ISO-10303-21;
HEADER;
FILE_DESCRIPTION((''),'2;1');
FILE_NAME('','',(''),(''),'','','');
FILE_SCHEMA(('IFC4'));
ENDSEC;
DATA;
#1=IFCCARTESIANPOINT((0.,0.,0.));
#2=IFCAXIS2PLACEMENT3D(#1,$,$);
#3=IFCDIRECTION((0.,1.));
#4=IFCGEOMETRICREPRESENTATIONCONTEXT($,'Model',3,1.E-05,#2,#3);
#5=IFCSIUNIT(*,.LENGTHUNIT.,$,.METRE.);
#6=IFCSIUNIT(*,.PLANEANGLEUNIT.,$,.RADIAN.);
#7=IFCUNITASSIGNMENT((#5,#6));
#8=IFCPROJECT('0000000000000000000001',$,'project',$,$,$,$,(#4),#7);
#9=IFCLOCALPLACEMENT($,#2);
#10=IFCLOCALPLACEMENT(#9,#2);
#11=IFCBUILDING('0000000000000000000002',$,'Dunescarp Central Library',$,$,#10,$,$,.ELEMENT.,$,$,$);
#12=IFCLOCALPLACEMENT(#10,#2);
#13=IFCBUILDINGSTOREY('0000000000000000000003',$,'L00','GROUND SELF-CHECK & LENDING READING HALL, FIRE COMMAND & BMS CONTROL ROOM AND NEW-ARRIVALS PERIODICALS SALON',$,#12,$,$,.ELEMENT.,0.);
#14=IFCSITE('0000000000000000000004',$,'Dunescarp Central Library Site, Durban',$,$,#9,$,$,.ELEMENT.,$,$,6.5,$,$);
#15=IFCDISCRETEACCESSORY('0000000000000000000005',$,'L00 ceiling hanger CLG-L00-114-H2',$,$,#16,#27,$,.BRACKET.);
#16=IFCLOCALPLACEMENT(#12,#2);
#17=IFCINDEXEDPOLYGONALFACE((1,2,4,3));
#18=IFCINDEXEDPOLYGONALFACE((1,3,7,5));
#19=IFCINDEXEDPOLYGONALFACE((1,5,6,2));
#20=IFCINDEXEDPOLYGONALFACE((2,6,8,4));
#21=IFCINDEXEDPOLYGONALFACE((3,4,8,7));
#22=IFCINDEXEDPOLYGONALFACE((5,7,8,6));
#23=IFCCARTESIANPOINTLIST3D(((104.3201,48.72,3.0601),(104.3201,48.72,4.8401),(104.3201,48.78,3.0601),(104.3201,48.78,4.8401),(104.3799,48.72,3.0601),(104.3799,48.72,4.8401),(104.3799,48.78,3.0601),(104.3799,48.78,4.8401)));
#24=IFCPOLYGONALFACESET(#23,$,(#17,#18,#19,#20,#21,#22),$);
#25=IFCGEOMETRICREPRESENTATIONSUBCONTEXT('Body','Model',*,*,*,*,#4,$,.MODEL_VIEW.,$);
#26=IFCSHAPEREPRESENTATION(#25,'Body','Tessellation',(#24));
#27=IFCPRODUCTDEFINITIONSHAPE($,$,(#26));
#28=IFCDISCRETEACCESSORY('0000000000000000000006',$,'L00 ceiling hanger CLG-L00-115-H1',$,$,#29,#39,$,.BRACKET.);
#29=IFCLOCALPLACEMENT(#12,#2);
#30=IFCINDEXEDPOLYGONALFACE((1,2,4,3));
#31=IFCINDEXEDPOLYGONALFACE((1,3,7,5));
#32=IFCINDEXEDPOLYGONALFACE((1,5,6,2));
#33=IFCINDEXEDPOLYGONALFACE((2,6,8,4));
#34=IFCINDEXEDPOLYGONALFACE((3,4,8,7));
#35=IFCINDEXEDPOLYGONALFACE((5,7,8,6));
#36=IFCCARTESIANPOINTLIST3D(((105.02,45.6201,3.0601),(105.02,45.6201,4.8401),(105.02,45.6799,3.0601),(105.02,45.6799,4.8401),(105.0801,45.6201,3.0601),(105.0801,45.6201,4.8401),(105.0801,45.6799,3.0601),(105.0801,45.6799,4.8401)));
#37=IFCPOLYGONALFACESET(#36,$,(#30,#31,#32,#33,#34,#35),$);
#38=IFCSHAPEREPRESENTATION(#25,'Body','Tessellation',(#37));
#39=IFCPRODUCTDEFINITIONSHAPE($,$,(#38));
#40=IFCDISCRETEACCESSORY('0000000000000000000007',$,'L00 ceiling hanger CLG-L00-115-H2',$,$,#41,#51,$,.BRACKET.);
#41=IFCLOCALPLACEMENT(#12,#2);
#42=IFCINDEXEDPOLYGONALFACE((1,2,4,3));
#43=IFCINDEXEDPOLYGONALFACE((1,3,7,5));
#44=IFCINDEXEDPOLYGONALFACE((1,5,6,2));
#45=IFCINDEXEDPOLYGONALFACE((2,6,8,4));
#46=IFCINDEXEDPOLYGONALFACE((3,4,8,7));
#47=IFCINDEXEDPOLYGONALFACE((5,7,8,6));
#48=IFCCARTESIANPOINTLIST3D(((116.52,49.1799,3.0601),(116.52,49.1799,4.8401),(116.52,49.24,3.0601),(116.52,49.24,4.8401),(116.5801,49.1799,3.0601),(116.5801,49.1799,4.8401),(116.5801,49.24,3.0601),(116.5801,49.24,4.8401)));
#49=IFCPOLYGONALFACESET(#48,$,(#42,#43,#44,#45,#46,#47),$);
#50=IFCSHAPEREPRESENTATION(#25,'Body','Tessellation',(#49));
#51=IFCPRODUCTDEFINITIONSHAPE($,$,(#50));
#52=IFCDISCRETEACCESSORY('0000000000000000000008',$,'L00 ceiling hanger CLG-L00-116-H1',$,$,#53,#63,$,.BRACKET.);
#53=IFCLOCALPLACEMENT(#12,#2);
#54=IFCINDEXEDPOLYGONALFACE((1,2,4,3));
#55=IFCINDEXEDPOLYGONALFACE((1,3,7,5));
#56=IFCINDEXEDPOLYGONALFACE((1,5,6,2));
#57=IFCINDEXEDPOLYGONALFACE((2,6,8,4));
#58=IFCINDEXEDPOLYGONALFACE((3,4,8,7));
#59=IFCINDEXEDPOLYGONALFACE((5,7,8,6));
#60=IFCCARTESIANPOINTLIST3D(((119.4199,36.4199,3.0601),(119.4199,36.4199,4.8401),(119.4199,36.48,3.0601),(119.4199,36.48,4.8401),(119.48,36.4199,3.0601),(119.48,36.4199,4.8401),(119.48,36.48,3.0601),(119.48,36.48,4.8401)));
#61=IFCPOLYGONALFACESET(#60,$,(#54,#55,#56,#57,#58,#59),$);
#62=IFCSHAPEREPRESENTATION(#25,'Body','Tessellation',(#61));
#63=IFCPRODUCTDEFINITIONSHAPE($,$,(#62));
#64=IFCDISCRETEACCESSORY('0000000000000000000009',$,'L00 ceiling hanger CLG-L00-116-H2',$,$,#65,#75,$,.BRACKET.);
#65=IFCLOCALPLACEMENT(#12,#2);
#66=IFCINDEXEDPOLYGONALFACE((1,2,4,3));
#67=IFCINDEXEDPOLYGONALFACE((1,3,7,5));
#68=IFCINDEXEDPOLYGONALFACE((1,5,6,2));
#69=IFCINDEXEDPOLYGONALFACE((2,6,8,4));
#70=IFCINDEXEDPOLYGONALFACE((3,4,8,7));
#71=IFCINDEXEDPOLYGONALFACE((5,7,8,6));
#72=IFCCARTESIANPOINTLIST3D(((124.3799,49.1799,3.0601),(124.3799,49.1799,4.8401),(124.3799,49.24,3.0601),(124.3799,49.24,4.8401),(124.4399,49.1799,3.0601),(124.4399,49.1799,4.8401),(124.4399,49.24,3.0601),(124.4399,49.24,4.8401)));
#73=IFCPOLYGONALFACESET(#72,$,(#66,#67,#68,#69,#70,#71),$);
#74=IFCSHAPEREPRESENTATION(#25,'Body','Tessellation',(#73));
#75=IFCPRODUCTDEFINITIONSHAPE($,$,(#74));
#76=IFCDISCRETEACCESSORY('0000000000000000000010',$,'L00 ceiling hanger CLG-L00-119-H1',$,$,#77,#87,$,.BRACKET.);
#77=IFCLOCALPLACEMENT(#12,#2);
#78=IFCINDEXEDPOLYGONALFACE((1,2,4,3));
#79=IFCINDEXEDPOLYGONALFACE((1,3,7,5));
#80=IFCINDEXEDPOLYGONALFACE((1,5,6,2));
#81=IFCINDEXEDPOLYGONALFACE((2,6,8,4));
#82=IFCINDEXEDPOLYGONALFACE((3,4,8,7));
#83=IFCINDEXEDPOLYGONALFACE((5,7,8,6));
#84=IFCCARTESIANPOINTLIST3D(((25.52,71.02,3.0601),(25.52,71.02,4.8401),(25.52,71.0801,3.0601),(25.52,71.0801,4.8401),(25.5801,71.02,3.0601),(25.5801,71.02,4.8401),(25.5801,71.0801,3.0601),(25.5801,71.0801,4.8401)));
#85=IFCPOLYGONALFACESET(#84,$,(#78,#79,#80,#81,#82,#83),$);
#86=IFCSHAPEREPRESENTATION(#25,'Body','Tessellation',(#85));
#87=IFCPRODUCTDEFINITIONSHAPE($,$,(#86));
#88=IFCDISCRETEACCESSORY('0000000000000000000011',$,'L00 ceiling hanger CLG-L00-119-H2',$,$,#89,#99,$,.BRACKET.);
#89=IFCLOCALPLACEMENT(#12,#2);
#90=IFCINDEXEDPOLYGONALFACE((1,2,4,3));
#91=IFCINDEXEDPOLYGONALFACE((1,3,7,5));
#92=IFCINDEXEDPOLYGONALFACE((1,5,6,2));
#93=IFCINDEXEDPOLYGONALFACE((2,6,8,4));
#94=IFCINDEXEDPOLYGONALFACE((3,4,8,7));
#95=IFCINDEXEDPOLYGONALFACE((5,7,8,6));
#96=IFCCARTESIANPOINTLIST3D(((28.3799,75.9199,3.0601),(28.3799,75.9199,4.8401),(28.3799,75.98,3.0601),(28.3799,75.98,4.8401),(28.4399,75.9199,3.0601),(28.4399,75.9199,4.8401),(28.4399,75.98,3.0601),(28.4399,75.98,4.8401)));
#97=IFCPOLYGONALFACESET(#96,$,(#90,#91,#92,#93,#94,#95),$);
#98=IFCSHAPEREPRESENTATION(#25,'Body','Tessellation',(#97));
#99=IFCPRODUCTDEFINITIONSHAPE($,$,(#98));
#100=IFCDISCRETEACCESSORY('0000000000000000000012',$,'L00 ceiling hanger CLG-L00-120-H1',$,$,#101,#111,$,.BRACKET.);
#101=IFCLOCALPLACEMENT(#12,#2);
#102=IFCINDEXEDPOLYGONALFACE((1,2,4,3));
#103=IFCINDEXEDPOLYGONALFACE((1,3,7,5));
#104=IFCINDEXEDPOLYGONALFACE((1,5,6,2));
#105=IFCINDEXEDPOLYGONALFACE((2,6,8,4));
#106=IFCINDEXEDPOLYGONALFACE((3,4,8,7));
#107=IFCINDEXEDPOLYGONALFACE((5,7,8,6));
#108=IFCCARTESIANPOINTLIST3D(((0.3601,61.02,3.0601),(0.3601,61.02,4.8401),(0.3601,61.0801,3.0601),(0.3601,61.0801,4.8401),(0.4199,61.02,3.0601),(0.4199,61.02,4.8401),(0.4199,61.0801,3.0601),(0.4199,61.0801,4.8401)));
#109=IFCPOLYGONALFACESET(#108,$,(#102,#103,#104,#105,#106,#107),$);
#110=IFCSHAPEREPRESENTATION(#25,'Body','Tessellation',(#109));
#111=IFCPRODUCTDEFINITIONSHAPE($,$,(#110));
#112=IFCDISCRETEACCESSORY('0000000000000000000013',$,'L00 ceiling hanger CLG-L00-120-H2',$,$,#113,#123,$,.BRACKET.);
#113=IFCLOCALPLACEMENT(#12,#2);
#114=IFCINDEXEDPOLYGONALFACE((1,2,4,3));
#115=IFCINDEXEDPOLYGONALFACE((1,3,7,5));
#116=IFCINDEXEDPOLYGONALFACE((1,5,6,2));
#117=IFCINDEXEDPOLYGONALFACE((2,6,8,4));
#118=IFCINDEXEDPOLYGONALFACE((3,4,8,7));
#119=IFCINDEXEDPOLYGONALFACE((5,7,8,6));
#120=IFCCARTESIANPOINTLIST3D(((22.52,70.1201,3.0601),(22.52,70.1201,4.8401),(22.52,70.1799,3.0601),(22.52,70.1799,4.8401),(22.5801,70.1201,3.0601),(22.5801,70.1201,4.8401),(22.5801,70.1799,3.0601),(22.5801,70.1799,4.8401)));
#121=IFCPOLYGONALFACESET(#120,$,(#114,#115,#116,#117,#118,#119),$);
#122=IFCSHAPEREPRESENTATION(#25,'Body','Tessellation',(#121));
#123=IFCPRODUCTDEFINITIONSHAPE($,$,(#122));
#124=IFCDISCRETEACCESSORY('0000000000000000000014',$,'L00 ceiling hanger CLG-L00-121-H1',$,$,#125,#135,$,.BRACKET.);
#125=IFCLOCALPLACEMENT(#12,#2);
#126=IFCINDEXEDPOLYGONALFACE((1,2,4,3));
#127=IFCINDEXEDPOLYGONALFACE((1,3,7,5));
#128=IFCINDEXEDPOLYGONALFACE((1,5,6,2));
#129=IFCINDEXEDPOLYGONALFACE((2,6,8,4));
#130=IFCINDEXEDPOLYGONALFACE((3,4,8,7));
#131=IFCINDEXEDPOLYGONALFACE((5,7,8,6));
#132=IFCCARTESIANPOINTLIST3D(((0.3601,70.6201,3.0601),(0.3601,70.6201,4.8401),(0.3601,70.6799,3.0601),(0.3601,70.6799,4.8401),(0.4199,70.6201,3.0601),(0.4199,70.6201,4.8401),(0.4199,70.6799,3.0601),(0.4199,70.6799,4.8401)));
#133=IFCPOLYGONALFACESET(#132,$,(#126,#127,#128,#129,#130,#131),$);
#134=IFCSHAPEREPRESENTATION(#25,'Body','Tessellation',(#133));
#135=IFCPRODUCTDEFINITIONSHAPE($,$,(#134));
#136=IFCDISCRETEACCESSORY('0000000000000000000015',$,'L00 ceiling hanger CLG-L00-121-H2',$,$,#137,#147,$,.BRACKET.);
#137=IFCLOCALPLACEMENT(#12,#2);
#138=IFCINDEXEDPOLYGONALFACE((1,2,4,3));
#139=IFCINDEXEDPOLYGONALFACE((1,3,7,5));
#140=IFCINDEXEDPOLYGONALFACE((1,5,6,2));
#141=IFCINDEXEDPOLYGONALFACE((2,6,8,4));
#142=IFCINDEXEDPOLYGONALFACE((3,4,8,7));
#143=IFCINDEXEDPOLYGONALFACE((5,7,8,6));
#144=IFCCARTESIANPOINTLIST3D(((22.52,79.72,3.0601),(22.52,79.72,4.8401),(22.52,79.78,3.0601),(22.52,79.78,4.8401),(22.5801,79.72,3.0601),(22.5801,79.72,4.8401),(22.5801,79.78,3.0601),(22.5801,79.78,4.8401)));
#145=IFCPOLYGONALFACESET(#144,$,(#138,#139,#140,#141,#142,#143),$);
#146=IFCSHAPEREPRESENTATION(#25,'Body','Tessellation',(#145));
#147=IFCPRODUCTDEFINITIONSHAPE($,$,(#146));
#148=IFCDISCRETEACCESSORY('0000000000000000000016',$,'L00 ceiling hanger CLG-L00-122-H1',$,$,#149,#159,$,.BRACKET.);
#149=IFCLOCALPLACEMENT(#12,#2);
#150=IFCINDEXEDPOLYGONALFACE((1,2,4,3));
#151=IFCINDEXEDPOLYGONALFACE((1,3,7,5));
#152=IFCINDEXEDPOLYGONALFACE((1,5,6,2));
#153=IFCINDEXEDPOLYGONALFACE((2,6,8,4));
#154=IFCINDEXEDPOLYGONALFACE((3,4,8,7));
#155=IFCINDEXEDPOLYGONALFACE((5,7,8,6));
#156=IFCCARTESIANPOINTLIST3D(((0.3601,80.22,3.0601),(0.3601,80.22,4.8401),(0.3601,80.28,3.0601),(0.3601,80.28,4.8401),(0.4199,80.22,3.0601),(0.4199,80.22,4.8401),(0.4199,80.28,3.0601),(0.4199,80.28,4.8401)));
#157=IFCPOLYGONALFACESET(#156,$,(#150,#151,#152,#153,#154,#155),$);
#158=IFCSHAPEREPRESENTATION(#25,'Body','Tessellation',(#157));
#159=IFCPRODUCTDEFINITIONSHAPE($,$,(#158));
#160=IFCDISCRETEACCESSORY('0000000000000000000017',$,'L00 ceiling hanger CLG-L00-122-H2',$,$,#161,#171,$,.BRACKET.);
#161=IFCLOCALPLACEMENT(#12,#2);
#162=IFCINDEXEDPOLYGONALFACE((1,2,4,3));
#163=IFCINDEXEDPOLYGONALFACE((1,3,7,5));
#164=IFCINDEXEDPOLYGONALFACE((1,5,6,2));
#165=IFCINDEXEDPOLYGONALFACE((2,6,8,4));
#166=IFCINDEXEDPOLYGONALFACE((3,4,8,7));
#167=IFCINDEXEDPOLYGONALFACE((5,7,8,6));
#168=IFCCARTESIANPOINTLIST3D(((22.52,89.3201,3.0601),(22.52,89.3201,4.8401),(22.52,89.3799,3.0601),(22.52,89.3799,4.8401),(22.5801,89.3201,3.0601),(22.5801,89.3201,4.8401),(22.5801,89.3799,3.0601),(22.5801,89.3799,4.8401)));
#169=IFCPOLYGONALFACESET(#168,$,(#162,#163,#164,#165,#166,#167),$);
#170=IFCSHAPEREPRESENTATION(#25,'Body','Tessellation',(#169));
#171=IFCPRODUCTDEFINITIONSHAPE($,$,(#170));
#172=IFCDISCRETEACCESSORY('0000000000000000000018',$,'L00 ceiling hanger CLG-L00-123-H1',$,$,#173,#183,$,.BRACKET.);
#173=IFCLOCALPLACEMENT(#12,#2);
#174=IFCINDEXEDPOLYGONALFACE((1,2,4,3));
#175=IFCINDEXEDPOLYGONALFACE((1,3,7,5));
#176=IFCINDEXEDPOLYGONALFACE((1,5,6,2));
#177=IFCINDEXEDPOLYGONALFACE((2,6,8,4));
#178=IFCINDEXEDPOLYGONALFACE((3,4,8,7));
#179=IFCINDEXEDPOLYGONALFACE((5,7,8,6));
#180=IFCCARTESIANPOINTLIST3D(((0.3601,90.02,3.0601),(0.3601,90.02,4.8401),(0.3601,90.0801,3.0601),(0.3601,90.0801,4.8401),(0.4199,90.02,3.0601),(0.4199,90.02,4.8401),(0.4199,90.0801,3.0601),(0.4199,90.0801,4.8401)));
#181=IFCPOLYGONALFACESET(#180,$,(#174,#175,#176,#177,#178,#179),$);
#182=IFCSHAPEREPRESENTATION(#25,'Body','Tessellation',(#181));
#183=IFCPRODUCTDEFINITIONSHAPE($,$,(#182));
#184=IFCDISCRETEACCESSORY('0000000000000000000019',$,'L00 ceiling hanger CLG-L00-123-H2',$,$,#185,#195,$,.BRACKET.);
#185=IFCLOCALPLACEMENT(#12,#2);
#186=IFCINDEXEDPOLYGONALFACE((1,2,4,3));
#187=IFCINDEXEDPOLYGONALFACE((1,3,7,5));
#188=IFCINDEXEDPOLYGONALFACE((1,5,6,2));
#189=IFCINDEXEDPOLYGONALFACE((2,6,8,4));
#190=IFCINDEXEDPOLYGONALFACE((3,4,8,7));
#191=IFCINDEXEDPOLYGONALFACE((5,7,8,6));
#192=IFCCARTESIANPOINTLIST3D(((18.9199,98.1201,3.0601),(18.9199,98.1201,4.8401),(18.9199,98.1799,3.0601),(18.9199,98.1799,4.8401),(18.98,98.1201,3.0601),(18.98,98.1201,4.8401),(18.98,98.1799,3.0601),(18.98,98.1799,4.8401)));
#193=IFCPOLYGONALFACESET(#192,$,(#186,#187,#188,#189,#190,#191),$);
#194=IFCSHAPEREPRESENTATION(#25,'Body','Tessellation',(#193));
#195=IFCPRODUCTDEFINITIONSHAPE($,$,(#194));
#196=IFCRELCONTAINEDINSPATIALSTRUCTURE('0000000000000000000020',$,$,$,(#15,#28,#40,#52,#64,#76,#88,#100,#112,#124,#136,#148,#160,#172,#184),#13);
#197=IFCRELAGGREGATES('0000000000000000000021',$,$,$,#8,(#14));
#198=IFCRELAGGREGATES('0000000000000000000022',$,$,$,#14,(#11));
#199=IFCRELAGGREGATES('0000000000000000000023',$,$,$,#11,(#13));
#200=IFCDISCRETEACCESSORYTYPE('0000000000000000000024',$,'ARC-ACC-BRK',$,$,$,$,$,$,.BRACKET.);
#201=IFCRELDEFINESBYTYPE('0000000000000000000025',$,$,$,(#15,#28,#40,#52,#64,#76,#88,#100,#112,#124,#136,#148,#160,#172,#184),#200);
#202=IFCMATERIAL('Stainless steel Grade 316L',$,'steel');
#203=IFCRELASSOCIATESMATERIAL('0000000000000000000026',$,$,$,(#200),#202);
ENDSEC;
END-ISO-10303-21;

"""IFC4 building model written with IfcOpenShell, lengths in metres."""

from ifc_helpers import new_model, si_unit, direction, frame, origin, place, context, subcontext, project, spatial, polyline, outline, extrude, material, type_object, element, save


model = new_model("IFC4")

# Units and contexts
model_context = context("Model", 3, precision=1e-05, world=origin(), true_north=direction((0.0, 1.0)))
body_context = subcontext(model_context, "Body", "Model", "MODEL_VIEW")
ifc_project = project(units=[si_unit("LENGTHUNIT", "METRE"), si_unit("PLANEANGLEUNIT", "RADIAN")], contexts=[model_context])

# Site, building, storey
site_placement = place(None, origin())
site = spatial("IfcSite", under=ifc_project, at=site_placement, Name="Dunescarp Central Library Site, Durban", CompositionType="ELEMENT", RefElevation=6.5)
building_placement = place(site_placement, origin())
building = spatial("IfcBuilding", under=site, at=building_placement, Name="Dunescarp Central Library", CompositionType="ELEMENT")
storey_placement = place(building_placement, origin())
storey = spatial("IfcBuildingStorey", under=building, at=storey_placement, Name="L00", Description="GROUND SELF-CHECK & LENDING READING HALL, FIRE COMMAND & BMS CONTROL ROOM AND NEW-ARRIVALS PERIODICALS SALON", CompositionType="ELEMENT", Elevation=0.0)

# Discrete accessories
ifc_material_1 = material(Name="Stainless steel Grade 316L", Category="steel")
discrete_accessory_type = type_object("IfcDiscreteAccessoryType", Name="ARC-ACC-BRK", PredefinedType="BRACKET", material=ifc_material_1)
discrete_accessory_1_placement = place(storey_placement, frame((0.0, 0.0, 3.0601)))
element("IfcDiscreteAccessory", 1, at=discrete_accessory_1_placement, inside=storey, type_object=discrete_accessory_type, Name="L00 ceiling hanger CLG-L00-114-H2", PredefinedType="BRACKET", context=body_context, shape_type="SweptSolid", body=[
    extrude(outline(polyline([(104.3201, 48.72), (104.3799, 48.72), (104.3799, 48.78), (104.3201, 48.78), (104.3201, 48.72)])), origin(), (0.0, 0.0, 1.0), 1.78),
])
discrete_accessory_2_placement = place(storey_placement, frame((0.0, 0.0, 3.0601)))
element("IfcDiscreteAccessory", 2, at=discrete_accessory_2_placement, inside=storey, type_object=discrete_accessory_type, Name="L00 ceiling hanger CLG-L00-115-H1", PredefinedType="BRACKET", context=body_context, shape_type="SweptSolid", body=[
    extrude(outline(polyline([(105.02, 45.6201), (105.0801, 45.6201), (105.0801, 45.6799), (105.02, 45.6799), (105.02, 45.6201)])), origin(), (0.0, 0.0, 1.0), 1.78),
])
discrete_accessory_3_placement = place(storey_placement, frame((0.0, 0.0, 3.0601)))
element("IfcDiscreteAccessory", 3, at=discrete_accessory_3_placement, inside=storey, type_object=discrete_accessory_type, Name="L00 ceiling hanger CLG-L00-115-H2", PredefinedType="BRACKET", context=body_context, shape_type="SweptSolid", body=[
    extrude(outline(polyline([(116.52, 49.1799), (116.5801, 49.1799), (116.5801, 49.24), (116.52, 49.24), (116.52, 49.1799)])), origin(), (0.0, 0.0, 1.0), 1.78),
])
discrete_accessory_4_placement = place(storey_placement, frame((0.0, 0.0, 3.0601)))
element("IfcDiscreteAccessory", 4, at=discrete_accessory_4_placement, inside=storey, type_object=discrete_accessory_type, Name="L00 ceiling hanger CLG-L00-116-H1", PredefinedType="BRACKET", context=body_context, shape_type="SweptSolid", body=[
    extrude(outline(polyline([(119.4199, 36.4199), (119.48, 36.4199), (119.48, 36.48), (119.4199, 36.48), (119.4199, 36.4199)])), origin(), (0.0, 0.0, 1.0), 1.78),
])
discrete_accessory_5_placement = place(storey_placement, frame((0.0, 0.0, 3.0601)))
element("IfcDiscreteAccessory", 5, at=discrete_accessory_5_placement, inside=storey, type_object=discrete_accessory_type, Name="L00 ceiling hanger CLG-L00-116-H2", PredefinedType="BRACKET", context=body_context, shape_type="SweptSolid", body=[
    extrude(outline(polyline([(124.3799, 49.1799), (124.4399, 49.1799), (124.4399, 49.24), (124.3799, 49.24), (124.3799, 49.1799)])), origin(), (0.0, 0.0, 1.0), 1.78),
])
discrete_accessory_6_placement = place(storey_placement, frame((0.0, 0.0, 3.0601)))
element("IfcDiscreteAccessory", 6, at=discrete_accessory_6_placement, inside=storey, type_object=discrete_accessory_type, Name="L00 ceiling hanger CLG-L00-119-H1", PredefinedType="BRACKET", context=body_context, shape_type="SweptSolid", body=[
    extrude(outline(polyline([(25.52, 71.02), (25.5801, 71.02), (25.5801, 71.0801), (25.52, 71.0801), (25.52, 71.02)])), origin(), (0.0, 0.0, 1.0), 1.78),
])
discrete_accessory_7_placement = place(storey_placement, frame((0.0, 0.0, 3.0601)))
element("IfcDiscreteAccessory", 7, at=discrete_accessory_7_placement, inside=storey, type_object=discrete_accessory_type, Name="L00 ceiling hanger CLG-L00-119-H2", PredefinedType="BRACKET", context=body_context, shape_type="SweptSolid", body=[
    extrude(outline(polyline([(28.3799, 75.9199), (28.4399, 75.9199), (28.4399, 75.98), (28.3799, 75.98), (28.3799, 75.9199)])), origin(), (0.0, 0.0, 1.0), 1.78),
])
discrete_accessory_8_placement = place(storey_placement, frame((0.0, 0.0, 3.0601)))
element("IfcDiscreteAccessory", 8, at=discrete_accessory_8_placement, inside=storey, type_object=discrete_accessory_type, Name="L00 ceiling hanger CLG-L00-120-H1", PredefinedType="BRACKET", context=body_context, shape_type="SweptSolid", body=[
    extrude(outline(polyline([(0.3601, 61.02), (0.4199, 61.02), (0.4199, 61.0801), (0.3601, 61.0801), (0.3601, 61.02)])), origin(), (0.0, 0.0, 1.0), 1.78),
])
discrete_accessory_9_placement = place(storey_placement, frame((0.0, 0.0, 3.0601)))
element("IfcDiscreteAccessory", 9, at=discrete_accessory_9_placement, inside=storey, type_object=discrete_accessory_type, Name="L00 ceiling hanger CLG-L00-120-H2", PredefinedType="BRACKET", context=body_context, shape_type="SweptSolid", body=[
    extrude(outline(polyline([(22.52, 70.1201), (22.5801, 70.1201), (22.5801, 70.1799), (22.52, 70.1799), (22.52, 70.1201)])), origin(), (0.0, 0.0, 1.0), 1.78),
])
discrete_accessory_10_placement = place(storey_placement, frame((0.0, 0.0, 3.0601)))
element("IfcDiscreteAccessory", 10, at=discrete_accessory_10_placement, inside=storey, type_object=discrete_accessory_type, Name="L00 ceiling hanger CLG-L00-121-H1", PredefinedType="BRACKET", context=body_context, shape_type="SweptSolid", body=[
    extrude(outline(polyline([(0.3601, 70.6201), (0.4199, 70.6201), (0.4199, 70.6799), (0.3601, 70.6799), (0.3601, 70.6201)])), origin(), (0.0, 0.0, 1.0), 1.78),
])
discrete_accessory_11_placement = place(storey_placement, frame((0.0, 0.0, 3.0601)))
element("IfcDiscreteAccessory", 11, at=discrete_accessory_11_placement, inside=storey, type_object=discrete_accessory_type, Name="L00 ceiling hanger CLG-L00-121-H2", PredefinedType="BRACKET", context=body_context, shape_type="SweptSolid", body=[
    extrude(outline(polyline([(22.52, 79.72), (22.5801, 79.72), (22.5801, 79.78), (22.52, 79.78), (22.52, 79.72)])), origin(), (0.0, 0.0, 1.0), 1.78),
])
discrete_accessory_12_placement = place(storey_placement, frame((0.0, 0.0, 3.0601)))
element("IfcDiscreteAccessory", 12, at=discrete_accessory_12_placement, inside=storey, type_object=discrete_accessory_type, Name="L00 ceiling hanger CLG-L00-122-H1", PredefinedType="BRACKET", context=body_context, shape_type="SweptSolid", body=[
    extrude(outline(polyline([(0.3601, 80.22), (0.4199, 80.22), (0.4199, 80.28), (0.3601, 80.28), (0.3601, 80.22)])), origin(), (0.0, 0.0, 1.0), 1.78),
])
discrete_accessory_13_placement = place(storey_placement, frame((0.0, 0.0, 3.0601)))
element("IfcDiscreteAccessory", 13, at=discrete_accessory_13_placement, inside=storey, type_object=discrete_accessory_type, Name="L00 ceiling hanger CLG-L00-122-H2", PredefinedType="BRACKET", context=body_context, shape_type="SweptSolid", body=[
    extrude(outline(polyline([(22.52, 89.3201), (22.5801, 89.3201), (22.5801, 89.3799), (22.52, 89.3799), (22.52, 89.3201)])), origin(), (0.0, 0.0, 1.0), 1.78),
])
discrete_accessory_14_placement = place(storey_placement, frame((0.0, 0.0, 3.0601)))
element("IfcDiscreteAccessory", 14, at=discrete_accessory_14_placement, inside=storey, type_object=discrete_accessory_type, Name="L00 ceiling hanger CLG-L00-123-H1", PredefinedType="BRACKET", context=body_context, shape_type="SweptSolid", body=[
    extrude(outline(polyline([(0.3601, 90.02), (0.4199, 90.02), (0.4199, 90.0801), (0.3601, 90.0801), (0.3601, 90.02)])), origin(), (0.0, 0.0, 1.0), 1.78),
])
discrete_accessory_15_placement = place(storey_placement, frame((0.0, 0.0, 3.0601)))
element("IfcDiscreteAccessory", 15, at=discrete_accessory_15_placement, inside=storey, type_object=discrete_accessory_type, Name="L00 ceiling hanger CLG-L00-123-H2", PredefinedType="BRACKET", context=body_context, shape_type="SweptSolid", body=[
    extrude(outline(polyline([(18.9199, 98.1201), (18.98, 98.1201), (18.98, 98.1799), (18.9199, 98.1799), (18.9199, 98.1201)])), origin(), (0.0, 0.0, 1.0), 1.78),
])

save(model, "model.ifc")
